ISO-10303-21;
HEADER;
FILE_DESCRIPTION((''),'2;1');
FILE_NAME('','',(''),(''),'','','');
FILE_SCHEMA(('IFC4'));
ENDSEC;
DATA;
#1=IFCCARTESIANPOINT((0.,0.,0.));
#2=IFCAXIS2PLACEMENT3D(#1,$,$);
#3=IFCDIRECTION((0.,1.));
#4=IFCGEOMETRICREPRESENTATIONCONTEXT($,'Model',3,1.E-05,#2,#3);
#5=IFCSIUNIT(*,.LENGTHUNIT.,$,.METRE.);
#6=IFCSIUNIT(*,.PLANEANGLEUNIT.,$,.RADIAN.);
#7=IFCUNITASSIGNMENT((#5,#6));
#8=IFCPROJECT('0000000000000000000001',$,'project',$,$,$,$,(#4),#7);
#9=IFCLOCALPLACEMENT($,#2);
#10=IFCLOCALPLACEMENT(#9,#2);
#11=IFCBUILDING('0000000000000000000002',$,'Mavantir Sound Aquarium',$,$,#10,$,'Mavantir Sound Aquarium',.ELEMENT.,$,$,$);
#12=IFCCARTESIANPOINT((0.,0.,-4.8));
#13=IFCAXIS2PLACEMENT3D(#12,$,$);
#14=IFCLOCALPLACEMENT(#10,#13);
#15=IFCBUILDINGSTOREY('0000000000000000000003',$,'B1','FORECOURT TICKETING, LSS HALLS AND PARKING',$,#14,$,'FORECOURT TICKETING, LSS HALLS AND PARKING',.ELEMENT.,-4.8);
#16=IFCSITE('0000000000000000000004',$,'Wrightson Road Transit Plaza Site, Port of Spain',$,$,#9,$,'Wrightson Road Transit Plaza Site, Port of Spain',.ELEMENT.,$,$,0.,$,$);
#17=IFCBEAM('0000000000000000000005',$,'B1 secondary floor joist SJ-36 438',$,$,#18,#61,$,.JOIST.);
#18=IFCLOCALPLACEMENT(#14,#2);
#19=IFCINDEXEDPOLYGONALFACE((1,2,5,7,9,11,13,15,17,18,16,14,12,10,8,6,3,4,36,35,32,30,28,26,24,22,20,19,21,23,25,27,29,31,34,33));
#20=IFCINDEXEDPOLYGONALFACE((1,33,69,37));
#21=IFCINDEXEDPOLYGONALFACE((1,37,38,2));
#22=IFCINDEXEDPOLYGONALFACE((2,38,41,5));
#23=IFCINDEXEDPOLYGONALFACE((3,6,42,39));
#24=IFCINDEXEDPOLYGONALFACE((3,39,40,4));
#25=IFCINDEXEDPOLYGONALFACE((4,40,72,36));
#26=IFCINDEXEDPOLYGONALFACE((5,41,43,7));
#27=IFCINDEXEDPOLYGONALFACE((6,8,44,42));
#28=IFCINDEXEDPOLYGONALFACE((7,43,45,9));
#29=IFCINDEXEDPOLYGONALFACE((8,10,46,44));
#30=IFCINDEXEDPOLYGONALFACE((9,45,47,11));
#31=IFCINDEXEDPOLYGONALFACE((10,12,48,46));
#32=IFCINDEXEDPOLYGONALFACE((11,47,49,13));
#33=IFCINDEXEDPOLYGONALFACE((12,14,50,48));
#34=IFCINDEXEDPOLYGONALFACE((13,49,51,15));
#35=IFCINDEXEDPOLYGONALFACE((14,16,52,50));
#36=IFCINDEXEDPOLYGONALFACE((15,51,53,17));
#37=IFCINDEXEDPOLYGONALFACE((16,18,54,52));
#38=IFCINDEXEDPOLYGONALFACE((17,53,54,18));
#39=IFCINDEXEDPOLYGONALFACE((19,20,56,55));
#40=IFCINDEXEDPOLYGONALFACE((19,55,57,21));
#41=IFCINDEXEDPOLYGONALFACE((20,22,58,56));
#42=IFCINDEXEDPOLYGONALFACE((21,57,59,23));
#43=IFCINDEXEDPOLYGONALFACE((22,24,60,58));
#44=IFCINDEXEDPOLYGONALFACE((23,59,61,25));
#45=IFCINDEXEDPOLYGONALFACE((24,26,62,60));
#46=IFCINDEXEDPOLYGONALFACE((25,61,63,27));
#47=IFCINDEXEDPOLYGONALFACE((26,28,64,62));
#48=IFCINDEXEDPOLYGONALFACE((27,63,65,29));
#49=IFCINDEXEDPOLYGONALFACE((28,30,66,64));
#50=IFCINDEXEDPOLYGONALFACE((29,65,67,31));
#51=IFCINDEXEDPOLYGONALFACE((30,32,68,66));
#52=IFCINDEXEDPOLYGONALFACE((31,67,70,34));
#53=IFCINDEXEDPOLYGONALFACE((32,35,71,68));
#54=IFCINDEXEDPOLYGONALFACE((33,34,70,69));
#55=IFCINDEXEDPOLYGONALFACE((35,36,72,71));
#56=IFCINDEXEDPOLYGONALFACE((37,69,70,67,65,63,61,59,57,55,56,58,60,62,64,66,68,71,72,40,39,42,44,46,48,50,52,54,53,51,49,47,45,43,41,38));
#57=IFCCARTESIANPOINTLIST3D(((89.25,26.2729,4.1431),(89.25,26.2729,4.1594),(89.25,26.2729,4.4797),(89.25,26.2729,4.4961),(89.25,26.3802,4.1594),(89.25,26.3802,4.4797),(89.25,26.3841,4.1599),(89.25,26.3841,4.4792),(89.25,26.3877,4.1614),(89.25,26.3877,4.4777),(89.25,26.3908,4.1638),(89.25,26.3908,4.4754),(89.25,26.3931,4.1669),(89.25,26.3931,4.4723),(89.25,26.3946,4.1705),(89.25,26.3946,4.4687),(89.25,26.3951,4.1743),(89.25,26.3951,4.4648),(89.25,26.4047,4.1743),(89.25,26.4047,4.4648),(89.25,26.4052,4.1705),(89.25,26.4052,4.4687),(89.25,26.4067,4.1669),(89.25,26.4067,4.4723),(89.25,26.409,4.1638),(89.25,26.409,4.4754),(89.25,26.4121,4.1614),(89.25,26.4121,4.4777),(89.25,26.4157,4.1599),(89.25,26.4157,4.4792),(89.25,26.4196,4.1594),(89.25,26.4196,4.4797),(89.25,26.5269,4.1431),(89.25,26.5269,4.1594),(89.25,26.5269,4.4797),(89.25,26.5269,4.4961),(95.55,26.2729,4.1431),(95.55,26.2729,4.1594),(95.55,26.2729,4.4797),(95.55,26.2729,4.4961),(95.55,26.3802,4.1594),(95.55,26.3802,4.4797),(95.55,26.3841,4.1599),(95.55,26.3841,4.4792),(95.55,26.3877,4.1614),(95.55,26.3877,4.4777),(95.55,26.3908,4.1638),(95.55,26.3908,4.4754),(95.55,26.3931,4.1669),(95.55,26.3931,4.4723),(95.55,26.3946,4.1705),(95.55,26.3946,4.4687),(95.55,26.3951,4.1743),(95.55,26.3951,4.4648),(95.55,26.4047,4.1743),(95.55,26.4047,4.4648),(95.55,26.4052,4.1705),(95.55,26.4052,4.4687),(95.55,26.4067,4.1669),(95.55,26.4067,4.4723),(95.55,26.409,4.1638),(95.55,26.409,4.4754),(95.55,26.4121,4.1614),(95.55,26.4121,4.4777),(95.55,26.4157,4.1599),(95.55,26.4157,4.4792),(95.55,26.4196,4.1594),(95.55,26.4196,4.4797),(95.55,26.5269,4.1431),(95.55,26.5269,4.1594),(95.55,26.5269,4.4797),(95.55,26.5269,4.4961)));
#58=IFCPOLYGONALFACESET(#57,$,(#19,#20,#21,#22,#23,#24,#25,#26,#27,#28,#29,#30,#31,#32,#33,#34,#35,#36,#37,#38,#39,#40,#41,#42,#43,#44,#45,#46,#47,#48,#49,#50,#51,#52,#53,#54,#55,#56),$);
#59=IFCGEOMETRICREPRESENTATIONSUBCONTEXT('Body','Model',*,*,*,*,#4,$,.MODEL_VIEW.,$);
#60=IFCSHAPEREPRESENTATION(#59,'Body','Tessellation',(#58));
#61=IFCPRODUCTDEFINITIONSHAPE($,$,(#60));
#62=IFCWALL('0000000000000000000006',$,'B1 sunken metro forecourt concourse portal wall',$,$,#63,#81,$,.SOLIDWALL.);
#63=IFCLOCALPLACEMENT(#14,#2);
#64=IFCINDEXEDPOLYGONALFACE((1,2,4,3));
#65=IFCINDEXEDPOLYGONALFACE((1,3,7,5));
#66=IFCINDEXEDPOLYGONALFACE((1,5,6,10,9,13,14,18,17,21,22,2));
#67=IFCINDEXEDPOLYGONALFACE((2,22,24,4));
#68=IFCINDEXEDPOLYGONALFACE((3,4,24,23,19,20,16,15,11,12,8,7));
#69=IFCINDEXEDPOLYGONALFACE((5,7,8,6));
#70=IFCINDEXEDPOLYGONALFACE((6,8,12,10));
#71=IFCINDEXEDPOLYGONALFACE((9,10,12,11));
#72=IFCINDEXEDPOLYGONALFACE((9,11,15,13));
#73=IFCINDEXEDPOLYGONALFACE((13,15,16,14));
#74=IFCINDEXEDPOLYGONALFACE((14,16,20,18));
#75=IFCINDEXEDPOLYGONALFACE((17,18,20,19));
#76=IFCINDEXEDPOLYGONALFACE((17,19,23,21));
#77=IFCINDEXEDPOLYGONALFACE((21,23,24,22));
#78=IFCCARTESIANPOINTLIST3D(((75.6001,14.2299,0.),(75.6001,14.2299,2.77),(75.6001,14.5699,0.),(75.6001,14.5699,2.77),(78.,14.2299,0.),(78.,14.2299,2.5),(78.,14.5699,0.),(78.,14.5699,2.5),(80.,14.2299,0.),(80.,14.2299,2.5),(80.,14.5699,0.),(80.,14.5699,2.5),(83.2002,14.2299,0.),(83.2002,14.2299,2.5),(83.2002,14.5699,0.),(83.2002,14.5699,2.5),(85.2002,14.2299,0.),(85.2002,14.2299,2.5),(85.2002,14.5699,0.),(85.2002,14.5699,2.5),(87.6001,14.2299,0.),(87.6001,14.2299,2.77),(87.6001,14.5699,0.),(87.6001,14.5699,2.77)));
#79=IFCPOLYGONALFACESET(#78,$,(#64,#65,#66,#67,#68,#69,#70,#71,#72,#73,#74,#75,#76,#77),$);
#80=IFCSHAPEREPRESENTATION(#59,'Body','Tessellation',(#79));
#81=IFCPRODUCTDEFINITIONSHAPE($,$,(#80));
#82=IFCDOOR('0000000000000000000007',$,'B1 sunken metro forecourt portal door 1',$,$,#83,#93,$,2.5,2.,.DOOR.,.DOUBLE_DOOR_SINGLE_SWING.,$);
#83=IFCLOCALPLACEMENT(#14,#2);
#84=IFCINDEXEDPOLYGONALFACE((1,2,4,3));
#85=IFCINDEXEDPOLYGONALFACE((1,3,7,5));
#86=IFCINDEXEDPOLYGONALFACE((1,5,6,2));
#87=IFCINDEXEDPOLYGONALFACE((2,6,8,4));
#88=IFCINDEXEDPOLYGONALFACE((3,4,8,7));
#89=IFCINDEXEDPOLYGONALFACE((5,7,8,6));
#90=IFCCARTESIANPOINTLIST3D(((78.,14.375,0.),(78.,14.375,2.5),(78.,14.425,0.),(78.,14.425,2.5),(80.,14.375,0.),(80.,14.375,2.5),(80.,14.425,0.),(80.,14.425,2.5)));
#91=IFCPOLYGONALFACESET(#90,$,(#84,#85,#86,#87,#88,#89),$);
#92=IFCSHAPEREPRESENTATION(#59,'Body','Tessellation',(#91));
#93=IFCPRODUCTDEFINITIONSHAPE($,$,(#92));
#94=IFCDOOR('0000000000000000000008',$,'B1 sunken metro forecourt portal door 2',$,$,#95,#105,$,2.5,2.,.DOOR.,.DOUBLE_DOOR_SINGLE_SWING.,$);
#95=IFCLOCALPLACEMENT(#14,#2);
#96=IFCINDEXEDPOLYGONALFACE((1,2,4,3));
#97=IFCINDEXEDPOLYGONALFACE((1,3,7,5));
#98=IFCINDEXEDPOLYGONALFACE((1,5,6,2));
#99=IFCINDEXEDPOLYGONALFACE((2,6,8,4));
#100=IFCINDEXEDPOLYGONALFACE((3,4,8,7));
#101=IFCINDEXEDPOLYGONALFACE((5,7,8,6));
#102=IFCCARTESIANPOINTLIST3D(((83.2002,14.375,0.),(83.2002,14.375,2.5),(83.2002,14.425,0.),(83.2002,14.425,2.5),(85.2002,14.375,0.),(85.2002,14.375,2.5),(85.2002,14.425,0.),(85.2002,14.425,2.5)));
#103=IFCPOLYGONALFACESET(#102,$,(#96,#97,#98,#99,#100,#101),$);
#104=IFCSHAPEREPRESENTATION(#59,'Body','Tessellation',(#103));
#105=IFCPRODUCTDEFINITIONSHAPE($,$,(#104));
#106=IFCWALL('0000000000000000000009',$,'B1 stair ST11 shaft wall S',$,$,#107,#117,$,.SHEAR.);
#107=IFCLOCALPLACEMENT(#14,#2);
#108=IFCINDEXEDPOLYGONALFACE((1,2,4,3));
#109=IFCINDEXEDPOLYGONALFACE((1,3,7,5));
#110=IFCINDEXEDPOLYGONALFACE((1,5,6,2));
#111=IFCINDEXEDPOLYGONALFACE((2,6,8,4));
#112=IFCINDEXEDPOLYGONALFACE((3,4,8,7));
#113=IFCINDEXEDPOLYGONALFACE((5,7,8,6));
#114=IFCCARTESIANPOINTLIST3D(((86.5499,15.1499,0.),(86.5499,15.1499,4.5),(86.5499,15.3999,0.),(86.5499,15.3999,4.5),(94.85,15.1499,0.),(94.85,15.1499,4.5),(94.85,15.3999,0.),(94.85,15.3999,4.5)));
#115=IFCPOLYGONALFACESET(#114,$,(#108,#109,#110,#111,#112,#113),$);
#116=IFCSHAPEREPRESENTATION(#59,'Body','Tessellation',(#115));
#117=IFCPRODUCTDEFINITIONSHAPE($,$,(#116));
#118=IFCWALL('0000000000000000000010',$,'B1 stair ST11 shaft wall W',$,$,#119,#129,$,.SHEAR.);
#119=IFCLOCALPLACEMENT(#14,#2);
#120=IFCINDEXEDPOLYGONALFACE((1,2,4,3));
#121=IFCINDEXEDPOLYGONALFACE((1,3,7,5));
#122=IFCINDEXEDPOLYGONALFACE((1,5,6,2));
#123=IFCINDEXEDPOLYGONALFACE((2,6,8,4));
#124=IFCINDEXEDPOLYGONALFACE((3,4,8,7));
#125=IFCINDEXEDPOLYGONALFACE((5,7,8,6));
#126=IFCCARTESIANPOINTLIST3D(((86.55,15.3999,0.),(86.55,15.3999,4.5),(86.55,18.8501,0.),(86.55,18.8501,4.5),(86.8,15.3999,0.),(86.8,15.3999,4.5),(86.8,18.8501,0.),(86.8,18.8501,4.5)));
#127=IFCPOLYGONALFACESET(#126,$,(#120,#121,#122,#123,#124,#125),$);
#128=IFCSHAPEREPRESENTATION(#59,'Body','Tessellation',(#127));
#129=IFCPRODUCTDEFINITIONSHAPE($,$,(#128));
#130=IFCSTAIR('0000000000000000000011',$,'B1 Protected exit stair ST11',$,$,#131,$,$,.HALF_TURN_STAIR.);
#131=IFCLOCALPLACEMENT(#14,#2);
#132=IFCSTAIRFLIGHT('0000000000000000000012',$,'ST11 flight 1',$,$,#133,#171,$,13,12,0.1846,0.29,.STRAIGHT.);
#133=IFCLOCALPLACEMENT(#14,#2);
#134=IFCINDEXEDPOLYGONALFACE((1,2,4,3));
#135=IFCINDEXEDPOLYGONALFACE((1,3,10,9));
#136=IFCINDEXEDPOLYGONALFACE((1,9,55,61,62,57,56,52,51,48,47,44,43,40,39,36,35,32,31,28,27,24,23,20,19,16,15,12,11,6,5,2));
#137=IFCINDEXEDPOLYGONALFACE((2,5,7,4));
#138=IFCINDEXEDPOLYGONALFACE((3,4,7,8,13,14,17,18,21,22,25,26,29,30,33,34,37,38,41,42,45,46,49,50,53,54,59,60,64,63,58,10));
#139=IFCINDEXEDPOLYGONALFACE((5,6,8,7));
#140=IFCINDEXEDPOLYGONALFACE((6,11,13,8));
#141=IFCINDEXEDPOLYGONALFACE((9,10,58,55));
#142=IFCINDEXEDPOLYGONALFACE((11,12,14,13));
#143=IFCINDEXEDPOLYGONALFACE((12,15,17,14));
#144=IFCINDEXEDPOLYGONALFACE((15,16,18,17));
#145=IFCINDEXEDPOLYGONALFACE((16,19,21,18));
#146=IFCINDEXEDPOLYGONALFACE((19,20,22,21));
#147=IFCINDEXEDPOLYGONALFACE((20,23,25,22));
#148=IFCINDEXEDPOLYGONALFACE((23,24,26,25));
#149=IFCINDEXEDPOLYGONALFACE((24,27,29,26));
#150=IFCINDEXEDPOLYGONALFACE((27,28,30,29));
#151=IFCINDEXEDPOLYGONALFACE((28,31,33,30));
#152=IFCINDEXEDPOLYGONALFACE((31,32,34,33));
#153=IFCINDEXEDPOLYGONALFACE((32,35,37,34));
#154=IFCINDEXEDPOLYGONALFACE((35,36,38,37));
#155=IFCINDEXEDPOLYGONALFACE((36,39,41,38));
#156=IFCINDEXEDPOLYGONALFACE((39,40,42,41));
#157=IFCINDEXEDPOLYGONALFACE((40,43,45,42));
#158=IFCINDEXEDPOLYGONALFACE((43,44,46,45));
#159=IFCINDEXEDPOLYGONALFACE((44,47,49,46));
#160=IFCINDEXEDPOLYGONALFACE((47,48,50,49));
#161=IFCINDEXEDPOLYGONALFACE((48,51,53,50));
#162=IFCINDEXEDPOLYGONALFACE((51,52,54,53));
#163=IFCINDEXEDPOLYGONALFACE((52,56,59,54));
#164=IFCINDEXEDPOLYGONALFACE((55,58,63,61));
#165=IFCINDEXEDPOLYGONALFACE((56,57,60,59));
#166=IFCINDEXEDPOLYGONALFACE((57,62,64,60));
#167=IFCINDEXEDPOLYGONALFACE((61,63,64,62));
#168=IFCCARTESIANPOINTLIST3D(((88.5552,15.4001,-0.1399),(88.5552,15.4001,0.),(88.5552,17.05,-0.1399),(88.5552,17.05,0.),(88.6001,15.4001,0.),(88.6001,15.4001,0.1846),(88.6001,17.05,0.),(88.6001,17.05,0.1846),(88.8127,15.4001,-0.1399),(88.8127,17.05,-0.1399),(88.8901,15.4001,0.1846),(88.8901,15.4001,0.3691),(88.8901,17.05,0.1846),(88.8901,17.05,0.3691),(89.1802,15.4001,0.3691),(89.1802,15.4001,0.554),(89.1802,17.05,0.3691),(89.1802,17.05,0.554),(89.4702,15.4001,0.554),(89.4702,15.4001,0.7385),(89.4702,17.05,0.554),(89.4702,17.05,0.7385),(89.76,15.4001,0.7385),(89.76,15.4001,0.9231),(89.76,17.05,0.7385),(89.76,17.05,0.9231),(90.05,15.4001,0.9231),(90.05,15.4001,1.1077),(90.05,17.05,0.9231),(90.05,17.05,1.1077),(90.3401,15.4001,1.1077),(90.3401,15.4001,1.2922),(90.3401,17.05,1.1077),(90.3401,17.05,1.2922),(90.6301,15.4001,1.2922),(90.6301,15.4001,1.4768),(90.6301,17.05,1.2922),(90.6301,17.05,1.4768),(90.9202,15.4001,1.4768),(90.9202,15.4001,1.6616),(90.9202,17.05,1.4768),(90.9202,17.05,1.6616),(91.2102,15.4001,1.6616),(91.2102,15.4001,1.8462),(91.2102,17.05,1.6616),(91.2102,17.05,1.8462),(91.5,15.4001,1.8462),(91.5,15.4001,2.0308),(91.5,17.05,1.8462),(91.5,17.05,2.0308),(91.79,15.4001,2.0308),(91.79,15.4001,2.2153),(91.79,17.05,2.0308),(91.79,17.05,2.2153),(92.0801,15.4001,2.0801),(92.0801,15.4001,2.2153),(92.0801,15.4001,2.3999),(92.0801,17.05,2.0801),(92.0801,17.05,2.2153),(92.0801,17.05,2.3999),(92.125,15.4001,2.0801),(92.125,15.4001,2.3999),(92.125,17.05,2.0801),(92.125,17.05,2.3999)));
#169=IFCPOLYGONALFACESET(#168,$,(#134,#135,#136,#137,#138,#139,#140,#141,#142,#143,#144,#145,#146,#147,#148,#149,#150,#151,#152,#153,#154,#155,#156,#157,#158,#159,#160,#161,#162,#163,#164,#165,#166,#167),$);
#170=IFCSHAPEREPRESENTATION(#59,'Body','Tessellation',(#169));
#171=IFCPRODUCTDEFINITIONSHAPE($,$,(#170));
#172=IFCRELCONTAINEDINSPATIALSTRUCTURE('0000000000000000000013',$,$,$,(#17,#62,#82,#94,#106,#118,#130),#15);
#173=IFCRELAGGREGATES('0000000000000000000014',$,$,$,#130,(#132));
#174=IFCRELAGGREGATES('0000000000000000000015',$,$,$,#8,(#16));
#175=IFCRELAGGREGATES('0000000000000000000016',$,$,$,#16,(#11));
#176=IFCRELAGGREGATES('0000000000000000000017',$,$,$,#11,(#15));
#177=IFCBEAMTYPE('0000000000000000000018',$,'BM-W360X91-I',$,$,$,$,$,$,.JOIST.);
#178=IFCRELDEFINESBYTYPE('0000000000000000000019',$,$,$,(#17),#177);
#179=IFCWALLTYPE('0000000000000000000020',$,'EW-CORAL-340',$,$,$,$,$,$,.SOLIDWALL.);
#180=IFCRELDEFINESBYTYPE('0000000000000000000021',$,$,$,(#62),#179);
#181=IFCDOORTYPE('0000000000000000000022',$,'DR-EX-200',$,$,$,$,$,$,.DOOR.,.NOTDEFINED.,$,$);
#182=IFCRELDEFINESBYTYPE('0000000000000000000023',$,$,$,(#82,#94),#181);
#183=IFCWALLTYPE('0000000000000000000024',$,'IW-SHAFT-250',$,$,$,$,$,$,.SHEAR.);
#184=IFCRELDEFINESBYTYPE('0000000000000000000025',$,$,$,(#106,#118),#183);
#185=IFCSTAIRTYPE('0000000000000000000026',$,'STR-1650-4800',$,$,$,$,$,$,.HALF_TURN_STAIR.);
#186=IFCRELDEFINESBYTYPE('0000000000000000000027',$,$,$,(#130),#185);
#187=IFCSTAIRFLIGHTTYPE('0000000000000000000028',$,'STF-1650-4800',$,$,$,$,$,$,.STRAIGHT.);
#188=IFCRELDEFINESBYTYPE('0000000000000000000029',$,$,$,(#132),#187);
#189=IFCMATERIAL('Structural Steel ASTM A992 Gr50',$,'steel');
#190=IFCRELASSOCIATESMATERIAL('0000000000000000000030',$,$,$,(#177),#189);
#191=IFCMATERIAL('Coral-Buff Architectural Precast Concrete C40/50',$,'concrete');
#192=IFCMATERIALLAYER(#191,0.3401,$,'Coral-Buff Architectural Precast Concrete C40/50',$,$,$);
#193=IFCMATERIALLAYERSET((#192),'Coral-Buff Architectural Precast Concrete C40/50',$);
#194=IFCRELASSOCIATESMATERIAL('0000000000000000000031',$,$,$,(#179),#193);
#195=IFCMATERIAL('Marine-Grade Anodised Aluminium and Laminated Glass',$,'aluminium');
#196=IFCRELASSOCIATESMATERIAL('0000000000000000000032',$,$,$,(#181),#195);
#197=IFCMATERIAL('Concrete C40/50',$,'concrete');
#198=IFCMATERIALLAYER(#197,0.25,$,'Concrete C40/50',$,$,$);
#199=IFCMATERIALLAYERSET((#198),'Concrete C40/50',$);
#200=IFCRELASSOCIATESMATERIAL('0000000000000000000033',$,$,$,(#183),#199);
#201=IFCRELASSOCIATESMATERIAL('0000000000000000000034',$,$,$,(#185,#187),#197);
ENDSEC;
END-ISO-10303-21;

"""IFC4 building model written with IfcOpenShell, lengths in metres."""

from ifc_helpers import new_model, si_unit, direction, frame, frame_2d, origin, origin_2d, place, context, subcontext, project, spatial, polyline, rectangle, i_section, outline, extrude, material, layer, layer_set, material_profile, profile_set, type_object, element, fill, aggregate, save


model = new_model("IFC4")

# Units and contexts
model_context = context("Model", 3, precision=1e-05, world=origin(), true_north=direction((0.0, 1.0)))
body_context = subcontext(model_context, "Body", "Model", "MODEL_VIEW")
ifc_project = project(units=[si_unit("LENGTHUNIT", "METRE"), si_unit("PLANEANGLEUNIT", "RADIAN")], contexts=[model_context])

# Site, building, storey
site_placement = place(None, origin())
site = spatial("IfcSite", under=ifc_project, at=site_placement, Name="Wrightson Road Transit Plaza Site, Port of Spain", LongName="Wrightson Road Transit Plaza Site, Port of Spain", CompositionType="ELEMENT", RefElevation=0.0)
building_placement = place(site_placement, origin())
building = spatial("IfcBuilding", under=site, at=building_placement, Name="Mavantir Sound Aquarium", LongName="Mavantir Sound Aquarium", CompositionType="ELEMENT")
storey_placement = place(building_placement, frame((0.0, 0.0, -4.8)))
storey = spatial("IfcBuildingStorey", under=building, at=storey_placement, Name="B1", Description="FORECOURT TICKETING, LSS HALLS AND PARKING", LongName="FORECOURT TICKETING, LSS HALLS AND PARKING", CompositionType="ELEMENT", Elevation=-4.8)

# Shared definitions
ifc_material_1 = material(Name="Concrete C40/50", Category="concrete")

# Beam
ifc_material_2 = material(Name="Structural Steel ASTM A992 Gr50", Category="steel")
ifc_material_profile_1 = material_profile(ifc_material_2, i_section(OverallWidth=0.2539, OverallDepth=0.353, WebThickness=0.0095, FlangeThickness=0.0164, FilletRadius=0.0149, at=origin_2d()), Name="W360X91")
ifc_profile_set_1 = profile_set([ifc_material_profile_1], Name="Structural Steel ASTM A992 Gr50")
beam_type_1 = type_object("IfcBeamType", Name="BM-W360X91-I", PredefinedType="JOIST", material=ifc_profile_set_1)
beam_1_placement = place(storey_placement, frame((89.25, 26.3999, 4.3196), z_axis=(1.0, 0.0, 0.0), x_axis=(0.0, 1.0, 0.0)))
element("IfcBeam", 1, at=beam_1_placement, inside=storey, type_object=beam_type_1, Name="B1 secondary floor joist SJ-36 438", PredefinedType="JOIST", context=body_context, shape_type="SweptSolid", body=[
    extrude(i_section(OverallWidth=0.2539, OverallDepth=0.353, WebThickness=0.0095, FlangeThickness=0.0164, FilletRadius=0.0149, at=origin_2d()), origin(), (0.0, 0.0, 1.0), 6.3),
])

# Wall, openings, doors
ifc_material_3 = material(Name="Coral-Buff Architectural Precast Concrete C40/50", Category="concrete")
ifc_layer_1 = layer(ifc_material_3, 0.3401, Name="Coral-Buff Architectural Precast Concrete C40/50")
ifc_layer_set_1 = layer_set([ifc_layer_1], Name="Coral-Buff Architectural Precast Concrete C40/50")
wall_type_1 = type_object("IfcWallType", Name="EW-CORAL-340", PredefinedType="SOLIDWALL", material=ifc_layer_set_1)
wall_1_placement = place(storey_placement, frame((75.6001, 14.3999, 0.0), z_axis=(0.0, 0.0, 1.0), x_axis=(1.0, 0.0, 0.0)))
wall_1 = element("IfcWall", 2, at=wall_1_placement, inside=storey, type_object=wall_type_1, Name="B1 sunken metro forecourt concourse portal wall", PredefinedType="SOLIDWALL", context=body_context, shape_type="SweptSolid", body=[
    extrude(rectangle(XDim=12.0, YDim=0.3401, at=frame_2d((6.0, 0.0))), origin(), (0.0, 0.0, 1.0), 2.77),
])
opening_1_placement = place(wall_1_placement, frame((4.3999, 0.0, 0.0), z_axis=(0.0, 0.0, 1.0), x_axis=(-1.0, 0.0, 0.0)))
opening_1 = element("IfcOpeningElement", 3, at=opening_1_placement, cuts=wall_1, PredefinedType="OPENING", context=body_context, shape_type="SweptSolid", body=[
    extrude(rectangle(XDim=2.0, YDim=2.5, at=frame_2d((1.0, 1.25))), frame((0.0, 0.1802, 0.0), z_axis=(0.0, -1.0, 0.0), x_axis=(1.0, 0.0, 0.0)), (0.0, 0.0, 1.0), 0.3601),
])
opening_2_placement = place(wall_1_placement, frame((9.6001, 0.0, 0.0), z_axis=(0.0, 0.0, 1.0), x_axis=(-1.0, 0.0, 0.0)))
opening_2 = element("IfcOpeningElement", 4, at=opening_2_placement, cuts=wall_1, PredefinedType="OPENING", context=body_context, shape_type="SweptSolid", body=[
    extrude(rectangle(XDim=2.0, YDim=2.5, at=frame_2d((1.0, 1.25))), frame((0.0, 0.1802, 0.0), z_axis=(0.0, -1.0, 0.0), x_axis=(1.0, 0.0, 0.0)), (0.0, 0.0, 1.0), 0.3601),
])
ifc_material_4 = material(Name="Marine-Grade Anodised Aluminium and Laminated Glass", Category="aluminium")
door_type = type_object("IfcDoorType", Name="DR-EX-200", OperationType="NOTDEFINED", PredefinedType="DOOR", material=ifc_material_4)
door_1_placement = place(opening_1_placement, origin())
door_1 = element("IfcDoor", 5, at=door_1_placement, inside=storey, type_object=door_type, Name="B1 sunken metro forecourt portal door 1", OperationType="DOUBLE_DOOR_SINGLE_SWING", OverallHeight=2.5, OverallWidth=2.0, PredefinedType="DOOR", context=body_context, shape_type="SweptSolid", body=[
    extrude(rectangle(XDim=2.0, YDim=2.5, at=frame_2d((1.0, 1.25))), frame((0.0, 0.0249, 0.0), z_axis=(0.0, -1.0, 0.0), x_axis=(1.0, 0.0, 0.0)), (0.0, 0.0, 1.0), 0.05),
])
fill(opening_1, door_1)
door_2_placement = place(opening_2_placement, origin())
door_2 = element("IfcDoor", 6, at=door_2_placement, inside=storey, type_object=door_type, Name="B1 sunken metro forecourt portal door 2", OperationType="DOUBLE_DOOR_SINGLE_SWING", OverallHeight=2.5, OverallWidth=2.0, PredefinedType="DOOR", context=body_context, shape_type="SweptSolid", body=[
    extrude(rectangle(XDim=2.0, YDim=2.5, at=frame_2d((1.0, 1.25))), frame((0.0, 0.0249, 0.0), z_axis=(0.0, -1.0, 0.0), x_axis=(1.0, 0.0, 0.0)), (0.0, 0.0, 1.0), 0.05),
])
fill(opening_2, door_2)

# Walls
ifc_layer_2 = layer(ifc_material_1, 0.25, Name="Concrete C40/50")
ifc_layer_set_2 = layer_set([ifc_layer_2], Name="Concrete C40/50")
wall_type_2 = type_object("IfcWallType", Name="IW-SHAFT-250", PredefinedType="SHEAR", material=ifc_layer_set_2)
wall_2_placement = place(storey_placement, frame((86.55, 15.2749, 0.0), z_axis=(0.0, 0.0, 1.0), x_axis=(1.0, 0.0, 0.0)))
element("IfcWall", 7, at=wall_2_placement, inside=storey, type_object=wall_type_2, Name="B1 stair ST11 shaft wall S", PredefinedType="SHEAR", context=body_context, shape_type="SweptSolid", body=[
    extrude(rectangle(XDim=8.3, YDim=0.25, at=frame_2d((4.1499, 0.0))), origin(), (0.0, 0.0, 1.0), 4.5),
])
wall_3_placement = place(storey_placement, frame((86.675, 18.8501, 0.0), z_axis=(0.0, 0.0, 1.0), x_axis=(0.0, -1.0, 0.0)))
element("IfcWall", 8, at=wall_3_placement, inside=storey, type_object=wall_type_2, Name="B1 stair ST11 shaft wall W", PredefinedType="SHEAR", context=body_context, shape_type="SweptSolid", body=[
    extrude(rectangle(XDim=3.4502, YDim=0.25, at=frame_2d((1.7251, 0.0))), origin(), (0.0, 0.0, 1.0), 4.5),
])

# Stair, stair flight
stair_type = type_object("IfcStairType", Name="STR-1650-4800", PredefinedType="HALF_TURN_STAIR", material=ifc_material_1)
stair_placement = place(storey_placement, origin())
stair = element("IfcStair", 9, at=stair_placement, inside=storey, type_object=stair_type, Name="B1 Protected exit stair ST11", PredefinedType="HALF_TURN_STAIR")
stair_flight_type = type_object("IfcStairFlightType", Name="STF-1650-4800", PredefinedType="STRAIGHT", material=ifc_material_1)
stair_flight_placement = place(storey_placement, frame((88.6001, 16.2251, 0.0), z_axis=(0.0, 0.0, 1.0), x_axis=(1.0, 0.0, 0.0)))
stair_flight = element("IfcStairFlight", 10, at=stair_flight_placement, type_object=stair_flight_type, Name="ST11 flight 1", NumberOfRisers=13, NumberOfTreads=12, PredefinedType="STRAIGHT", RiserHeight=0.1846, TreadLength=0.29, context=body_context, shape_type="SweptSolid", body=[
    extrude(outline(polyline([(-0.0449, -0.1399), (-0.0449, 0.0), (0.0, 0.0), (0.0, 0.1846), (0.29, 0.1846), (0.29, 0.3691), (0.5801, 0.3691), (0.5801, 0.554), (0.8701, 0.554), (0.8701, 0.7385), (1.1599, 0.7385), (1.1599, 0.9231), (1.45, 0.9231), (1.45, 1.1077), (1.74, 1.1077), (1.74, 1.2922), (2.03, 1.2922), (2.03, 1.4768), (2.3201, 1.4768), (2.3201, 1.6616), (2.6101, 1.6616), (2.6101, 1.8462), (2.8999, 1.8462), (2.8999, 2.0308), (3.1899, 2.0308), (3.1899, 2.2153), (3.48, 2.2153), (3.48, 2.3999), (3.5249, 2.3999), (3.5249, 2.0801), (3.48, 2.0801), (0.2126, -0.1399), (-0.0449, -0.1399)])), frame((0.0, 0.825, 0.0), z_axis=(0.0, -1.0, 0.0), x_axis=(1.0, 0.0, 0.0)), (0.0, 0.0, 1.0), 1.6499),
])
aggregate(stair, [stair_flight])

save(model, "model.ifc")
